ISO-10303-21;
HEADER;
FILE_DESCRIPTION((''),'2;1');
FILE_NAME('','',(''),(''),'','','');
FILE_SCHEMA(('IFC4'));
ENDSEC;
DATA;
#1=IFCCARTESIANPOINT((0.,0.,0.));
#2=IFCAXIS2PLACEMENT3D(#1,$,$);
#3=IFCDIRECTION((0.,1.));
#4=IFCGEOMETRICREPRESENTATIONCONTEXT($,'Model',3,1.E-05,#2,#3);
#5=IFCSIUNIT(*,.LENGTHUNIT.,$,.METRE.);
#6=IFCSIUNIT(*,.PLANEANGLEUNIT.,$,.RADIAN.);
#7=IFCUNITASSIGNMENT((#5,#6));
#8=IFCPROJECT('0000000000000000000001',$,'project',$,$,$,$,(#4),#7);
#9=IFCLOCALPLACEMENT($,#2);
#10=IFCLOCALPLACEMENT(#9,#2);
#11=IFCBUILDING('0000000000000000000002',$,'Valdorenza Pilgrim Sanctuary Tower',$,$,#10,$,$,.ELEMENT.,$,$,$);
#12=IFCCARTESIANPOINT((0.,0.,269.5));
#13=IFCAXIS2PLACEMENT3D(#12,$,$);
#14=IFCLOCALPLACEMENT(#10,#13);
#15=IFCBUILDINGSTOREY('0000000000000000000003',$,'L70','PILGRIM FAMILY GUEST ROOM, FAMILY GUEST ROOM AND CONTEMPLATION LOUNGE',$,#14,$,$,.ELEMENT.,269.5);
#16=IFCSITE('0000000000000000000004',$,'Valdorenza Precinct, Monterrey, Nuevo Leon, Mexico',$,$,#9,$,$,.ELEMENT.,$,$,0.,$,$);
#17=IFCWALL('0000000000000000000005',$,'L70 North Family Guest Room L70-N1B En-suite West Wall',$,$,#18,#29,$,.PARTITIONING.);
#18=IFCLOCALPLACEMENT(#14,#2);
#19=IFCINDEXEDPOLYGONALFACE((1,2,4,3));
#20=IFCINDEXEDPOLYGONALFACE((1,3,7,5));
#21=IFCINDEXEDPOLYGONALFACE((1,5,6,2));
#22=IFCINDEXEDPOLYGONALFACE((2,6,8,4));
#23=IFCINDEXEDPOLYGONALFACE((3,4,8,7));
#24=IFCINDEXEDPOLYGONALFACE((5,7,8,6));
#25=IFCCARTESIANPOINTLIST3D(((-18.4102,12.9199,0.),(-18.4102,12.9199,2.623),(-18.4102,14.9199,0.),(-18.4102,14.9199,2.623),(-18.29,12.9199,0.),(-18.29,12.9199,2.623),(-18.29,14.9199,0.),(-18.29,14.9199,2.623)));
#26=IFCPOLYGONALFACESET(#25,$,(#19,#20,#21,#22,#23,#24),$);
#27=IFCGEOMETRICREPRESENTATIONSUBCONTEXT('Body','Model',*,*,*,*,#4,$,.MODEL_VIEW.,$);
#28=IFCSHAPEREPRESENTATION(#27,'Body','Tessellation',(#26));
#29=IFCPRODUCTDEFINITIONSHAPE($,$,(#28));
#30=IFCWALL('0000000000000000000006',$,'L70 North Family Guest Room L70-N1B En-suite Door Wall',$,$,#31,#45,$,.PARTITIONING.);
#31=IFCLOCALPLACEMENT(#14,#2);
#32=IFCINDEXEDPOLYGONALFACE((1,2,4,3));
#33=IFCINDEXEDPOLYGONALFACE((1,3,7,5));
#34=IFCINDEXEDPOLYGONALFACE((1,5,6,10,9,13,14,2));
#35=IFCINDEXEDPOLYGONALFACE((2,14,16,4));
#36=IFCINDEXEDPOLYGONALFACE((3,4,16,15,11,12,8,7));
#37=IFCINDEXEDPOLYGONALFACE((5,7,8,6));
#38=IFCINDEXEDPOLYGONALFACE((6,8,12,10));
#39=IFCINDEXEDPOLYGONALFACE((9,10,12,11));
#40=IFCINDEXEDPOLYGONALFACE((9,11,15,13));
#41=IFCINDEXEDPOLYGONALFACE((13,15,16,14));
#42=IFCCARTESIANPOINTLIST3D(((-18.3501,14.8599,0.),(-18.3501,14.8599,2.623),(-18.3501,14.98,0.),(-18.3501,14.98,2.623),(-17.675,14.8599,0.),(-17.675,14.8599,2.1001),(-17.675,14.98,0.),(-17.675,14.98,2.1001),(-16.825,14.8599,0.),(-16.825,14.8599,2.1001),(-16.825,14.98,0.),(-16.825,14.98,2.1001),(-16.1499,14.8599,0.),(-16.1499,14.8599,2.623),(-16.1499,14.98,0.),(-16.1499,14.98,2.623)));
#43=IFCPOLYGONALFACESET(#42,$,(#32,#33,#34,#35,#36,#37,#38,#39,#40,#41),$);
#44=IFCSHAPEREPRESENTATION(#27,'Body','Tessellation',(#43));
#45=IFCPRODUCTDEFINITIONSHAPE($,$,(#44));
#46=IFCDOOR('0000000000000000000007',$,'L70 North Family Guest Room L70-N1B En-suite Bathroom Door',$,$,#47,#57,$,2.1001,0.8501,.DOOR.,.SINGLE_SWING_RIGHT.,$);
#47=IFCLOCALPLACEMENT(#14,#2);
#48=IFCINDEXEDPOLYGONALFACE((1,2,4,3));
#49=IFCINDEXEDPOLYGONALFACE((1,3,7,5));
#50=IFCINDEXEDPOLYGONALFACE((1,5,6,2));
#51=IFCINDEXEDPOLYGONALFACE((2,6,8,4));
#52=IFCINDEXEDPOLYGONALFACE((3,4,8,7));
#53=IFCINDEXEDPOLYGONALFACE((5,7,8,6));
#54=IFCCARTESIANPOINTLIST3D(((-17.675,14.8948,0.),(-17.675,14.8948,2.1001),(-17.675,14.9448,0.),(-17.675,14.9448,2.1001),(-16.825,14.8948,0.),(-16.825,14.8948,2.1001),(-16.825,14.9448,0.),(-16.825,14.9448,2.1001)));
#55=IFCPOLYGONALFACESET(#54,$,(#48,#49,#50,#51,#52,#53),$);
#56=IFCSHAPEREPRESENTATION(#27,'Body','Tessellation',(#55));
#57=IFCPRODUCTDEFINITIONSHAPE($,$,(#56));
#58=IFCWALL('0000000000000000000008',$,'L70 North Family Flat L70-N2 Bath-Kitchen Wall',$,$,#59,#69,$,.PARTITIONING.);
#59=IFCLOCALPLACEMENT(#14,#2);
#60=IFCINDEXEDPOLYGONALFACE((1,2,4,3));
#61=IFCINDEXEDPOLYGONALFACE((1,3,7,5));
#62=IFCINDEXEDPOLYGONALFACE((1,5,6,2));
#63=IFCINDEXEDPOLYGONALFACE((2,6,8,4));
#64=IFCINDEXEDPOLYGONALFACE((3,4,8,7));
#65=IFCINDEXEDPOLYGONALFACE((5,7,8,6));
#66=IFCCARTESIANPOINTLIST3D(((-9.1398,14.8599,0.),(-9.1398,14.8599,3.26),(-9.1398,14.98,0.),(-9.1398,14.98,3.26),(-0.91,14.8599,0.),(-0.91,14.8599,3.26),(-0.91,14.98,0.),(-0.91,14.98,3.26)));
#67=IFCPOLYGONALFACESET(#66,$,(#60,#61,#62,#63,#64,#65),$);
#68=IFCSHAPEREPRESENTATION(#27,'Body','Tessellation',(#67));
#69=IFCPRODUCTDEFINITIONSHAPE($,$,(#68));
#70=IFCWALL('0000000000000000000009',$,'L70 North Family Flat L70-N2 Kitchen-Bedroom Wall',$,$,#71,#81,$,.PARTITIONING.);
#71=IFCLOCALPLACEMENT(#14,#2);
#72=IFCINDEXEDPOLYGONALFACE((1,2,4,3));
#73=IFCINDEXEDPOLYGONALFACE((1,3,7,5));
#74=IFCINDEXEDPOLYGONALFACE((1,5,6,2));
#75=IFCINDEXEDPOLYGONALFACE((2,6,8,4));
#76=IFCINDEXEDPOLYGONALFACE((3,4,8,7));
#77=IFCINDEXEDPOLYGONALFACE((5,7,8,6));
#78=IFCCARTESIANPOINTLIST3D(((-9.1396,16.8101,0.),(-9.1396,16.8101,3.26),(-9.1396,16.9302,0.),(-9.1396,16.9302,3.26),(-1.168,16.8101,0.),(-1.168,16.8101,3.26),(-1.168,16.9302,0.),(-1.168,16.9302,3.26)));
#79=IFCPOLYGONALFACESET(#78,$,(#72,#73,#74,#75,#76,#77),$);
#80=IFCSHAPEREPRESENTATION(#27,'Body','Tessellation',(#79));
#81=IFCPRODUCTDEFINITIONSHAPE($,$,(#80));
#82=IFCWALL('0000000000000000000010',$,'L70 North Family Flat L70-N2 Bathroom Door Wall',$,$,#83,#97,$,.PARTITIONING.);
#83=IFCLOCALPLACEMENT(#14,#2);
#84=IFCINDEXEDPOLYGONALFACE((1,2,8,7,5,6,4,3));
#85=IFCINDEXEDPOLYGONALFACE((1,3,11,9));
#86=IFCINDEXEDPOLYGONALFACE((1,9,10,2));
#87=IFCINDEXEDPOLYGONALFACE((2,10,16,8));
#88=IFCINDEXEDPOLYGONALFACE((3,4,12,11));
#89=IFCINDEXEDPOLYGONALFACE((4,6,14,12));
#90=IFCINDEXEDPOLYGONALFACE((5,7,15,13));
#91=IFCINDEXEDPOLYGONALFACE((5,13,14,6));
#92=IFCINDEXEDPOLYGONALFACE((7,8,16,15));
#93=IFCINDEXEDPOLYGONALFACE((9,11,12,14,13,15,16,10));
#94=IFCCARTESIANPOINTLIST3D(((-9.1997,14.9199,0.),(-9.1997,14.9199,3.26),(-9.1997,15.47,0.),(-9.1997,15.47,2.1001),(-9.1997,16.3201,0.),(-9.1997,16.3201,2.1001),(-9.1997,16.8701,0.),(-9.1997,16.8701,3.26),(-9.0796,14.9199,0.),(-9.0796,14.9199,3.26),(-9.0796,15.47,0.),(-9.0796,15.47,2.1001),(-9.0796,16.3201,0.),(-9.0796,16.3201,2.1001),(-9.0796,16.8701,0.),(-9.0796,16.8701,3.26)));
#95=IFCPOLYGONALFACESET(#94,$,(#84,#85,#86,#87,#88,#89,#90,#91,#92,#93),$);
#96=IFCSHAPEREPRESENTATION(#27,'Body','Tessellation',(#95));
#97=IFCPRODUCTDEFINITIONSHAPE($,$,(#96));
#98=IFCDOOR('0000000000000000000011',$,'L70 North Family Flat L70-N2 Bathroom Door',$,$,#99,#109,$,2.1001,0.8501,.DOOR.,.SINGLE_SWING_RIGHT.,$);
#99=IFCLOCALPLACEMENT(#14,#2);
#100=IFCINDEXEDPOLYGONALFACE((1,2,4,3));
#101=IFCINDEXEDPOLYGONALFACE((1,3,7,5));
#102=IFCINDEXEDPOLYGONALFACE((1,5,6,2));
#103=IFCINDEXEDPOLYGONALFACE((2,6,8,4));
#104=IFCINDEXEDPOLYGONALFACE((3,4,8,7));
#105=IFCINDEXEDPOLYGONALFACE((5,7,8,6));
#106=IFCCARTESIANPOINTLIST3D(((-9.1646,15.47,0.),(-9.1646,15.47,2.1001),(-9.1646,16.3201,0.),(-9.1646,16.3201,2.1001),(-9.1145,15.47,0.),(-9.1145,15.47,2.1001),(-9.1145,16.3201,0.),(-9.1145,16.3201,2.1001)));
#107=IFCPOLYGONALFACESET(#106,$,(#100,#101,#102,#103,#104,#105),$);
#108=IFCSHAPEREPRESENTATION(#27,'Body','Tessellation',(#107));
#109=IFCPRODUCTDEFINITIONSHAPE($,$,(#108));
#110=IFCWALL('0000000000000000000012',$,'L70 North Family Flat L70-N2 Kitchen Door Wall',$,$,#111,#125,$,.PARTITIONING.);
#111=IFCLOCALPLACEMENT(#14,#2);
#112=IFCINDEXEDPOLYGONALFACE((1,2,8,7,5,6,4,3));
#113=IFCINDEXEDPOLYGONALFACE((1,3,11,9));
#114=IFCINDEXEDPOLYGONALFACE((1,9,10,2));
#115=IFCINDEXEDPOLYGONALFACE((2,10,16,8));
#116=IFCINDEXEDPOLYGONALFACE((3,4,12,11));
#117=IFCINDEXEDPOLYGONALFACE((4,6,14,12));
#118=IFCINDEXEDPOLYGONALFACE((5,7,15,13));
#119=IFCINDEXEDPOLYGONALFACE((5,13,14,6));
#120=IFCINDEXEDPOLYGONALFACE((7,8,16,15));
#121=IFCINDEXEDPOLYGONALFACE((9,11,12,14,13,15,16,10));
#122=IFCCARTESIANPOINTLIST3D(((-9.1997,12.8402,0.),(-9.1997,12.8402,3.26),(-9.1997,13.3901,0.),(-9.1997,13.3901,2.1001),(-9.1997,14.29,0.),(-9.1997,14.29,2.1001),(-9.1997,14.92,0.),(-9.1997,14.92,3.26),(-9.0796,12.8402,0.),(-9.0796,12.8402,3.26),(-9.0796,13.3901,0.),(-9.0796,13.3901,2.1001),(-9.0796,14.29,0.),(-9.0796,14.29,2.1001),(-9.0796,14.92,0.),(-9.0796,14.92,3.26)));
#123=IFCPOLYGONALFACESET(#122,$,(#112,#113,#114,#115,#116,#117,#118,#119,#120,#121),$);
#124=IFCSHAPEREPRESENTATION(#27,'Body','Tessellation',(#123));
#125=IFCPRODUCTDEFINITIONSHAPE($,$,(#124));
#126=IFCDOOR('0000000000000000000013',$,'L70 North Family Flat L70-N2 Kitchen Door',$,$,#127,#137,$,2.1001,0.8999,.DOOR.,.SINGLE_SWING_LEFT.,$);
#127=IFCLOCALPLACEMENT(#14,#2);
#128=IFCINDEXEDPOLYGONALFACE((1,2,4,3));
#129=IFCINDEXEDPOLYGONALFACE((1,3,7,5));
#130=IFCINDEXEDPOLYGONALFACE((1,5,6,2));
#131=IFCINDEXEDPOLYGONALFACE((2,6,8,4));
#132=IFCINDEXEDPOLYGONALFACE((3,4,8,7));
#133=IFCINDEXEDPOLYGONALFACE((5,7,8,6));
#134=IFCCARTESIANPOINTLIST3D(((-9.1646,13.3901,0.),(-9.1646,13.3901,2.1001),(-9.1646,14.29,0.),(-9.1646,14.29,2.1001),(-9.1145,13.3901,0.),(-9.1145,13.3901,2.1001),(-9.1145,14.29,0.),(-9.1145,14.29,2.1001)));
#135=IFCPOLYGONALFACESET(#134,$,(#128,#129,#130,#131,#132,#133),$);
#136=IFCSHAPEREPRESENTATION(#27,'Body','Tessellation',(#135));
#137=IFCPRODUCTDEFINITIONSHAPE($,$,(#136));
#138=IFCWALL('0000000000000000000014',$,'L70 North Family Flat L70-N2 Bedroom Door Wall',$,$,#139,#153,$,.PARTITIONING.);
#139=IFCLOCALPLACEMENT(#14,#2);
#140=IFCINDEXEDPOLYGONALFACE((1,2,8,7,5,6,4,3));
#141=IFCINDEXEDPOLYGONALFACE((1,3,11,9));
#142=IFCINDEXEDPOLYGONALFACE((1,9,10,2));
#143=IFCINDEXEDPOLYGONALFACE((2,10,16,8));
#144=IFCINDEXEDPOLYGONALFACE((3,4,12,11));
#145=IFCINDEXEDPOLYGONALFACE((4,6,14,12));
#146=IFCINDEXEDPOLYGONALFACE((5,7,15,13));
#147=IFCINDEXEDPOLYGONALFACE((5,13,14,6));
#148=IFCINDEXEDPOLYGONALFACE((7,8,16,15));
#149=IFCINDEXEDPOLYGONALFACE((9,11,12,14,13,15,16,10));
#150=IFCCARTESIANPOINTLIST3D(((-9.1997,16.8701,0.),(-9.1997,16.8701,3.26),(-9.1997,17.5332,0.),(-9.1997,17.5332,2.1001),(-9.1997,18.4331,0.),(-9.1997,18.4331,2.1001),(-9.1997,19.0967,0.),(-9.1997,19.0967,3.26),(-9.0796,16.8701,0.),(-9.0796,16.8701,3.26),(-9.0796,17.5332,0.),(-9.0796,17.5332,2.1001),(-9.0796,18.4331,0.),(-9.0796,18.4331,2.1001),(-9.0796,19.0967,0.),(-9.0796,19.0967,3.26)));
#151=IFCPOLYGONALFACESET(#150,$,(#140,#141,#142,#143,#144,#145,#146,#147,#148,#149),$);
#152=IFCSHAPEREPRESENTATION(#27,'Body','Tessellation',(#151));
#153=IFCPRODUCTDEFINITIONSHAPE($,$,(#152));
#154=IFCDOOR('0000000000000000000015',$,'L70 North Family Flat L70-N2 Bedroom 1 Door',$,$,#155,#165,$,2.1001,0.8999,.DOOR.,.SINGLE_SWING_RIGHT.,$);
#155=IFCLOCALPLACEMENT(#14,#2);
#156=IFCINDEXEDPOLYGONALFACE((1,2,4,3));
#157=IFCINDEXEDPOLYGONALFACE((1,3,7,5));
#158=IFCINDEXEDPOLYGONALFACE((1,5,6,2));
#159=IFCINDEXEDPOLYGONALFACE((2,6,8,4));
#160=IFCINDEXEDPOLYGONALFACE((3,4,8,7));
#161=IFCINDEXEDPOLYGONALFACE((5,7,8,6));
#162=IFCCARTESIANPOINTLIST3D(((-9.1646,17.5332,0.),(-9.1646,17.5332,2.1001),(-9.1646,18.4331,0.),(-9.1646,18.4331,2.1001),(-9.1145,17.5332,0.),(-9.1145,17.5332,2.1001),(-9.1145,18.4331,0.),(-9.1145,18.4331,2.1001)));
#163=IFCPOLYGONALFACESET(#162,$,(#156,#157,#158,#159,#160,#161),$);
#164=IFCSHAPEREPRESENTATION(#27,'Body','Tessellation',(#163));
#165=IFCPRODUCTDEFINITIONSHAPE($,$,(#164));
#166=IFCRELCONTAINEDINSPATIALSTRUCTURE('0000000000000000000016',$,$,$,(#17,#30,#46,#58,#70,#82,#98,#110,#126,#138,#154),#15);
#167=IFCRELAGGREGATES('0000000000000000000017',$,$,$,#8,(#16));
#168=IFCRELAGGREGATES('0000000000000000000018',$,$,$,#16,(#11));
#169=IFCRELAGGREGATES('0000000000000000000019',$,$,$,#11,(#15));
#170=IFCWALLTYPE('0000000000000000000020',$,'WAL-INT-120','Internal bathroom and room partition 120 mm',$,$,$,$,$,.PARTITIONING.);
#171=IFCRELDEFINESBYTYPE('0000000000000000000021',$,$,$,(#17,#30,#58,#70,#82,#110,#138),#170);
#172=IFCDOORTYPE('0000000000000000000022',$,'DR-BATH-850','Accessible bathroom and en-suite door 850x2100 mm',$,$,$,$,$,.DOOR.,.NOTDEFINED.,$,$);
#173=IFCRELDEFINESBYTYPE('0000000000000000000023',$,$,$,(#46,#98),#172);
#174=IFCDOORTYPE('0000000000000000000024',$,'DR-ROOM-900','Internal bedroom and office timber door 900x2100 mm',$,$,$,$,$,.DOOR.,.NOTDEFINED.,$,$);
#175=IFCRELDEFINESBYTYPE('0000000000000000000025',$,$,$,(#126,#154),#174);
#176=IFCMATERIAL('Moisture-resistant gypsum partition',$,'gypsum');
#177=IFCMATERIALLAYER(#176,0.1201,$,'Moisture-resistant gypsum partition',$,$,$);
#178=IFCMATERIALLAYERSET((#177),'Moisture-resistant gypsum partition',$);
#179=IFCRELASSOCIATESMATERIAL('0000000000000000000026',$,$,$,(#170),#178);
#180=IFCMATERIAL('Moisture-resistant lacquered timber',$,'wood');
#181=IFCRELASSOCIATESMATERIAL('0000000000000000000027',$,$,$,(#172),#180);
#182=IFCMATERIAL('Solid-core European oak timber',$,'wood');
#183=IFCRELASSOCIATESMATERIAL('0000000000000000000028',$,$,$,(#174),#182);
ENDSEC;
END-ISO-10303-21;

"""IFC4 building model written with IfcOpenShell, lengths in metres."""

from ifc_helpers import new_model, si_unit, direction, frame, frame_2d, origin, place, context, subcontext, project, spatial, rectangle, extrude, material, layer, layer_set, type_object, element, fill, save


model = new_model("IFC4")

# Units and contexts
model_context = context("Model", 3, precision=1e-05, world=origin(), true_north=direction((0.0, 1.0)))
body_context = subcontext(model_context, "Body", "Model", "MODEL_VIEW")
ifc_project = project(units=[si_unit("LENGTHUNIT", "METRE"), si_unit("PLANEANGLEUNIT", "RADIAN")], contexts=[model_context])

# Site, building, storey
site_placement = place(None, origin())
site = spatial("IfcSite", under=ifc_project, at=site_placement, Name="Valdorenza Precinct, Monterrey, Nuevo Leon, Mexico", CompositionType="ELEMENT", RefElevation=0.0)
building_placement = place(site_placement, origin())
building = spatial("IfcBuilding", under=site, at=building_placement, Name="Valdorenza Pilgrim Sanctuary Tower", CompositionType="ELEMENT")
storey_placement = place(building_placement, frame((0.0, 0.0, 269.5)))
storey = spatial("IfcBuildingStorey", under=building, at=storey_placement, Name="L70", Description="PILGRIM FAMILY GUEST ROOM, FAMILY GUEST ROOM AND CONTEMPLATION LOUNGE", CompositionType="ELEMENT", Elevation=269.5)

# Wall
ifc_material_1 = material(Name="Moisture-resistant gypsum partition", Category="gypsum")
ifc_layer_1 = layer(ifc_material_1, 0.1201, Name="Moisture-resistant gypsum partition")
ifc_layer_set_1 = layer_set([ifc_layer_1], Name="Moisture-resistant gypsum partition")
wall_type_1 = type_object("IfcWallType", Name="WAL-INT-120", Description="Internal bathroom and room partition 120 mm", PredefinedType="PARTITIONING", material=ifc_layer_set_1)
wall_1_placement = place(storey_placement, frame((-18.3501, 12.9199, 0.0), z_axis=(0.0, 0.0, 1.0), x_axis=(0.0, 1.0, 0.0)))
element("IfcWall", 1, at=wall_1_placement, inside=storey, type_object=wall_type_1, Name="L70 North Family Guest Room L70-N1B En-suite West Wall", PredefinedType="PARTITIONING", context=body_context, shape_type="SweptSolid", body=[
    extrude(rectangle(XDim=2.0, YDim=0.1201, at=frame_2d((1.0, 0.0))), origin(), (0.0, 0.0, 1.0), 2.623),
])

# Wall, opening, door
wall_2_placement = place(storey_placement, frame((-18.3501, 14.9199, 0.0), z_axis=(0.0, 0.0, 1.0), x_axis=(1.0, 0.0, 0.0)))
wall_2 = element("IfcWall", 2, at=wall_2_placement, inside=storey, type_object=wall_type_1, Name="L70 North Family Guest Room L70-N1B En-suite Door Wall", PredefinedType="PARTITIONING", context=body_context, shape_type="SweptSolid", body=[
    extrude(rectangle(XDim=2.2002, YDim=0.1201, at=frame_2d((1.1001, 0.0))), origin(), (0.0, 0.0, 1.0), 2.623),
])
opening_1_placement = place(wall_2_placement, frame((0.675, 0.0, 0.0)))
opening_1 = element("IfcOpeningElement", 3, at=opening_1_placement, cuts=wall_2, PredefinedType="OPENING", context=body_context, shape_type="SweptSolid", body=[
    extrude(rectangle(XDim=0.8501, YDim=2.1001, at=frame_2d((0.425, 1.05))), frame((0.0, 0.075, 0.0), z_axis=(0.0, -1.0, 0.0), x_axis=(1.0, 0.0, 0.0)), (0.0, 0.0, 1.0), 0.1499),
])
ifc_material_2 = material(Name="Moisture-resistant lacquered timber", Category="wood")
door_type_1 = type_object("IfcDoorType", Name="DR-BATH-850", Description="Accessible bathroom and en-suite door 850x2100 mm", OperationType="NOTDEFINED", PredefinedType="DOOR", material=ifc_material_2)
door_1_placement = place(opening_1_placement, origin())
door_1 = element("IfcDoor", 4, at=door_1_placement, inside=storey, type_object=door_type_1, Name="L70 North Family Guest Room L70-N1B En-suite Bathroom Door", OperationType="SINGLE_SWING_RIGHT", OverallHeight=2.1001, OverallWidth=0.8501, PredefinedType="DOOR", context=body_context, shape_type="SweptSolid", body=[
    extrude(rectangle(XDim=0.8501, YDim=2.1001, at=frame_2d((0.425, 1.05))), frame((0.0, 0.0249, 0.0), z_axis=(0.0, -1.0, 0.0), x_axis=(1.0, 0.0, 0.0)), (0.0, 0.0, 1.0), 0.05),
])
fill(opening_1, door_1)

# Walls
wall_3_placement = place(storey_placement, frame((-9.1396, 14.9199, 0.0), z_axis=(0.0, 0.0, 1.0), x_axis=(1.0, 0.0, 0.0)))
element("IfcWall", 5, at=wall_3_placement, inside=storey, type_object=wall_type_1, Name="L70 North Family Flat L70-N2 Bath-Kitchen Wall", PredefinedType="PARTITIONING", context=body_context, shape_type="SweptSolid", body=[
    extrude(rectangle(XDim=8.2297, YDim=0.1201, at=frame_2d((4.1147, 0.0))), origin(), (0.0, 0.0, 1.0), 3.26),
])
wall_4_placement = place(storey_placement, frame((-9.1396, 16.8701, 0.0), z_axis=(0.0, 0.0, 1.0), x_axis=(1.0, 0.0, 0.0)))
element("IfcWall", 6, at=wall_4_placement, inside=storey, type_object=wall_type_1, Name="L70 North Family Flat L70-N2 Kitchen-Bedroom Wall", PredefinedType="PARTITIONING", context=body_context, shape_type="SweptSolid", body=[
    extrude(rectangle(XDim=7.9717, YDim=0.1201, at=frame_2d((3.9858, 0.0))), origin(), (0.0, 0.0, 1.0), 3.26),
])

# Walls, openings, doors
wall_5_placement = place(storey_placement, frame((-9.1396, 14.9199, 0.0), z_axis=(0.0, 0.0, 1.0), x_axis=(0.0, 1.0, 0.0)))
wall_5 = element("IfcWall", 7, at=wall_5_placement, inside=storey, type_object=wall_type_1, Name="L70 North Family Flat L70-N2 Bathroom Door Wall", PredefinedType="PARTITIONING", context=body_context, shape_type="SweptSolid", body=[
    extrude(rectangle(XDim=1.9502, YDim=0.1201, at=frame_2d((0.9751, 0.0))), origin(), (0.0, 0.0, 1.0), 3.26),
])
opening_2_placement = place(wall_5_placement, frame((0.55, 0.0, 0.0)))
opening_2 = element("IfcOpeningElement", 8, at=opening_2_placement, cuts=wall_5, PredefinedType="OPENING", context=body_context, shape_type="SweptSolid", body=[
    extrude(rectangle(XDim=0.8501, YDim=2.1001, at=frame_2d((0.425, 1.05))), frame((0.0, 0.075, 0.0), z_axis=(0.0, -1.0, 0.0), x_axis=(1.0, 0.0, 0.0)), (0.0, 0.0, 1.0), 0.1499),
])
door_2_placement = place(opening_2_placement, origin())
door_2 = element("IfcDoor", 9, at=door_2_placement, inside=storey, type_object=door_type_1, Name="L70 North Family Flat L70-N2 Bathroom Door", OperationType="SINGLE_SWING_RIGHT", OverallHeight=2.1001, OverallWidth=0.8501, PredefinedType="DOOR", context=body_context, shape_type="SweptSolid", body=[
    extrude(rectangle(XDim=0.8501, YDim=2.1001, at=frame_2d((0.425, 1.05))), frame((0.0, 0.0249, 0.0), z_axis=(0.0, -1.0, 0.0), x_axis=(1.0, 0.0, 0.0)), (0.0, 0.0, 1.0), 0.05),
])
fill(opening_2, door_2)
wall_6_placement = place(storey_placement, frame((-9.1396, 12.8401, 0.0), z_axis=(0.0, 0.0, 1.0), x_axis=(0.0, 1.0, 0.0)))
wall_6 = element("IfcWall", 10, at=wall_6_placement, inside=storey, type_object=wall_type_1, Name="L70 North Family Flat L70-N2 Kitchen Door Wall", PredefinedType="PARTITIONING", context=body_context, shape_type="SweptSolid", body=[
    extrude(rectangle(XDim=2.0798, YDim=0.1201, at=frame_2d((1.04, 0.0))), origin(), (0.0, 0.0, 1.0), 3.26),
])
opening_3_placement = place(wall_6_placement, frame((0.55, 0.0, 0.0)))
opening_3 = element("IfcOpeningElement", 11, at=opening_3_placement, cuts=wall_6, PredefinedType="OPENING", context=body_context, shape_type="SweptSolid", body=[
    extrude(rectangle(XDim=0.8999, YDim=2.1001, at=frame_2d((0.45, 1.05))), frame((0.0, 0.075, 0.0), z_axis=(0.0, -1.0, 0.0), x_axis=(1.0, 0.0, 0.0)), (0.0, 0.0, 1.0), 0.1499),
])
ifc_material_3 = material(Name="Solid-core European oak timber", Category="wood")
door_type_2 = type_object("IfcDoorType", Name="DR-ROOM-900", Description="Internal bedroom and office timber door 900x2100 mm", OperationType="NOTDEFINED", PredefinedType="DOOR", material=ifc_material_3)
door_3_placement = place(opening_3_placement, origin())
door_3 = element("IfcDoor", 12, at=door_3_placement, inside=storey, type_object=door_type_2, Name="L70 North Family Flat L70-N2 Kitchen Door", OperationType="SINGLE_SWING_LEFT", OverallHeight=2.1001, OverallWidth=0.8999, PredefinedType="DOOR", context=body_context, shape_type="SweptSolid", body=[
    extrude(rectangle(XDim=0.8999, YDim=2.1001, at=frame_2d((0.45, 1.05))), frame((0.0, 0.0249, 0.0), z_axis=(0.0, -1.0, 0.0), x_axis=(1.0, 0.0, 0.0)), (0.0, 0.0, 1.0), 0.05),
])
fill(opening_3, door_3)
wall_7_placement = place(storey_placement, frame((-9.1396, 16.8701, 0.0), z_axis=(0.0, 0.0, 1.0), x_axis=(0.0, 1.0, 0.0)))
wall_7 = element("IfcWall", 13, at=wall_7_placement, inside=storey, type_object=wall_type_1, Name="L70 North Family Flat L70-N2 Bedroom Door Wall", PredefinedType="PARTITIONING", context=body_context, shape_type="SweptSolid", body=[
    extrude(rectangle(XDim=2.2266, YDim=0.1201, at=frame_2d((1.1133, 0.0))), origin(), (0.0, 0.0, 1.0), 3.26),
])
opening_4_placement = place(wall_7_placement, frame((0.6631, 0.0, 0.0)))
opening_4 = element("IfcOpeningElement", 14, at=opening_4_placement, cuts=wall_7, PredefinedType="OPENING", context=body_context, shape_type="SweptSolid", body=[
    extrude(rectangle(XDim=0.8999, YDim=2.1001, at=frame_2d((0.45, 1.05))), frame((0.0, 0.075, 0.0), z_axis=(0.0, -1.0, 0.0), x_axis=(1.0, 0.0, 0.0)), (0.0, 0.0, 1.0), 0.1499),
])
door_4_placement = place(opening_4_placement, origin())
door_4 = element("IfcDoor", 15, at=door_4_placement, inside=storey, type_object=door_type_2, Name="L70 North Family Flat L70-N2 Bedroom 1 Door", OperationType="SINGLE_SWING_RIGHT", OverallHeight=2.1001, OverallWidth=0.8999, PredefinedType="DOOR", context=body_context, shape_type="SweptSolid", body=[
    extrude(rectangle(XDim=0.8999, YDim=2.1001, at=frame_2d((0.45, 1.05))), frame((0.0, 0.0249, 0.0), z_axis=(0.0, -1.0, 0.0), x_axis=(1.0, 0.0, 0.0)), (0.0, 0.0, 1.0), 0.05),
])
fill(opening_4, door_4)

save(model, "model.ifc")
